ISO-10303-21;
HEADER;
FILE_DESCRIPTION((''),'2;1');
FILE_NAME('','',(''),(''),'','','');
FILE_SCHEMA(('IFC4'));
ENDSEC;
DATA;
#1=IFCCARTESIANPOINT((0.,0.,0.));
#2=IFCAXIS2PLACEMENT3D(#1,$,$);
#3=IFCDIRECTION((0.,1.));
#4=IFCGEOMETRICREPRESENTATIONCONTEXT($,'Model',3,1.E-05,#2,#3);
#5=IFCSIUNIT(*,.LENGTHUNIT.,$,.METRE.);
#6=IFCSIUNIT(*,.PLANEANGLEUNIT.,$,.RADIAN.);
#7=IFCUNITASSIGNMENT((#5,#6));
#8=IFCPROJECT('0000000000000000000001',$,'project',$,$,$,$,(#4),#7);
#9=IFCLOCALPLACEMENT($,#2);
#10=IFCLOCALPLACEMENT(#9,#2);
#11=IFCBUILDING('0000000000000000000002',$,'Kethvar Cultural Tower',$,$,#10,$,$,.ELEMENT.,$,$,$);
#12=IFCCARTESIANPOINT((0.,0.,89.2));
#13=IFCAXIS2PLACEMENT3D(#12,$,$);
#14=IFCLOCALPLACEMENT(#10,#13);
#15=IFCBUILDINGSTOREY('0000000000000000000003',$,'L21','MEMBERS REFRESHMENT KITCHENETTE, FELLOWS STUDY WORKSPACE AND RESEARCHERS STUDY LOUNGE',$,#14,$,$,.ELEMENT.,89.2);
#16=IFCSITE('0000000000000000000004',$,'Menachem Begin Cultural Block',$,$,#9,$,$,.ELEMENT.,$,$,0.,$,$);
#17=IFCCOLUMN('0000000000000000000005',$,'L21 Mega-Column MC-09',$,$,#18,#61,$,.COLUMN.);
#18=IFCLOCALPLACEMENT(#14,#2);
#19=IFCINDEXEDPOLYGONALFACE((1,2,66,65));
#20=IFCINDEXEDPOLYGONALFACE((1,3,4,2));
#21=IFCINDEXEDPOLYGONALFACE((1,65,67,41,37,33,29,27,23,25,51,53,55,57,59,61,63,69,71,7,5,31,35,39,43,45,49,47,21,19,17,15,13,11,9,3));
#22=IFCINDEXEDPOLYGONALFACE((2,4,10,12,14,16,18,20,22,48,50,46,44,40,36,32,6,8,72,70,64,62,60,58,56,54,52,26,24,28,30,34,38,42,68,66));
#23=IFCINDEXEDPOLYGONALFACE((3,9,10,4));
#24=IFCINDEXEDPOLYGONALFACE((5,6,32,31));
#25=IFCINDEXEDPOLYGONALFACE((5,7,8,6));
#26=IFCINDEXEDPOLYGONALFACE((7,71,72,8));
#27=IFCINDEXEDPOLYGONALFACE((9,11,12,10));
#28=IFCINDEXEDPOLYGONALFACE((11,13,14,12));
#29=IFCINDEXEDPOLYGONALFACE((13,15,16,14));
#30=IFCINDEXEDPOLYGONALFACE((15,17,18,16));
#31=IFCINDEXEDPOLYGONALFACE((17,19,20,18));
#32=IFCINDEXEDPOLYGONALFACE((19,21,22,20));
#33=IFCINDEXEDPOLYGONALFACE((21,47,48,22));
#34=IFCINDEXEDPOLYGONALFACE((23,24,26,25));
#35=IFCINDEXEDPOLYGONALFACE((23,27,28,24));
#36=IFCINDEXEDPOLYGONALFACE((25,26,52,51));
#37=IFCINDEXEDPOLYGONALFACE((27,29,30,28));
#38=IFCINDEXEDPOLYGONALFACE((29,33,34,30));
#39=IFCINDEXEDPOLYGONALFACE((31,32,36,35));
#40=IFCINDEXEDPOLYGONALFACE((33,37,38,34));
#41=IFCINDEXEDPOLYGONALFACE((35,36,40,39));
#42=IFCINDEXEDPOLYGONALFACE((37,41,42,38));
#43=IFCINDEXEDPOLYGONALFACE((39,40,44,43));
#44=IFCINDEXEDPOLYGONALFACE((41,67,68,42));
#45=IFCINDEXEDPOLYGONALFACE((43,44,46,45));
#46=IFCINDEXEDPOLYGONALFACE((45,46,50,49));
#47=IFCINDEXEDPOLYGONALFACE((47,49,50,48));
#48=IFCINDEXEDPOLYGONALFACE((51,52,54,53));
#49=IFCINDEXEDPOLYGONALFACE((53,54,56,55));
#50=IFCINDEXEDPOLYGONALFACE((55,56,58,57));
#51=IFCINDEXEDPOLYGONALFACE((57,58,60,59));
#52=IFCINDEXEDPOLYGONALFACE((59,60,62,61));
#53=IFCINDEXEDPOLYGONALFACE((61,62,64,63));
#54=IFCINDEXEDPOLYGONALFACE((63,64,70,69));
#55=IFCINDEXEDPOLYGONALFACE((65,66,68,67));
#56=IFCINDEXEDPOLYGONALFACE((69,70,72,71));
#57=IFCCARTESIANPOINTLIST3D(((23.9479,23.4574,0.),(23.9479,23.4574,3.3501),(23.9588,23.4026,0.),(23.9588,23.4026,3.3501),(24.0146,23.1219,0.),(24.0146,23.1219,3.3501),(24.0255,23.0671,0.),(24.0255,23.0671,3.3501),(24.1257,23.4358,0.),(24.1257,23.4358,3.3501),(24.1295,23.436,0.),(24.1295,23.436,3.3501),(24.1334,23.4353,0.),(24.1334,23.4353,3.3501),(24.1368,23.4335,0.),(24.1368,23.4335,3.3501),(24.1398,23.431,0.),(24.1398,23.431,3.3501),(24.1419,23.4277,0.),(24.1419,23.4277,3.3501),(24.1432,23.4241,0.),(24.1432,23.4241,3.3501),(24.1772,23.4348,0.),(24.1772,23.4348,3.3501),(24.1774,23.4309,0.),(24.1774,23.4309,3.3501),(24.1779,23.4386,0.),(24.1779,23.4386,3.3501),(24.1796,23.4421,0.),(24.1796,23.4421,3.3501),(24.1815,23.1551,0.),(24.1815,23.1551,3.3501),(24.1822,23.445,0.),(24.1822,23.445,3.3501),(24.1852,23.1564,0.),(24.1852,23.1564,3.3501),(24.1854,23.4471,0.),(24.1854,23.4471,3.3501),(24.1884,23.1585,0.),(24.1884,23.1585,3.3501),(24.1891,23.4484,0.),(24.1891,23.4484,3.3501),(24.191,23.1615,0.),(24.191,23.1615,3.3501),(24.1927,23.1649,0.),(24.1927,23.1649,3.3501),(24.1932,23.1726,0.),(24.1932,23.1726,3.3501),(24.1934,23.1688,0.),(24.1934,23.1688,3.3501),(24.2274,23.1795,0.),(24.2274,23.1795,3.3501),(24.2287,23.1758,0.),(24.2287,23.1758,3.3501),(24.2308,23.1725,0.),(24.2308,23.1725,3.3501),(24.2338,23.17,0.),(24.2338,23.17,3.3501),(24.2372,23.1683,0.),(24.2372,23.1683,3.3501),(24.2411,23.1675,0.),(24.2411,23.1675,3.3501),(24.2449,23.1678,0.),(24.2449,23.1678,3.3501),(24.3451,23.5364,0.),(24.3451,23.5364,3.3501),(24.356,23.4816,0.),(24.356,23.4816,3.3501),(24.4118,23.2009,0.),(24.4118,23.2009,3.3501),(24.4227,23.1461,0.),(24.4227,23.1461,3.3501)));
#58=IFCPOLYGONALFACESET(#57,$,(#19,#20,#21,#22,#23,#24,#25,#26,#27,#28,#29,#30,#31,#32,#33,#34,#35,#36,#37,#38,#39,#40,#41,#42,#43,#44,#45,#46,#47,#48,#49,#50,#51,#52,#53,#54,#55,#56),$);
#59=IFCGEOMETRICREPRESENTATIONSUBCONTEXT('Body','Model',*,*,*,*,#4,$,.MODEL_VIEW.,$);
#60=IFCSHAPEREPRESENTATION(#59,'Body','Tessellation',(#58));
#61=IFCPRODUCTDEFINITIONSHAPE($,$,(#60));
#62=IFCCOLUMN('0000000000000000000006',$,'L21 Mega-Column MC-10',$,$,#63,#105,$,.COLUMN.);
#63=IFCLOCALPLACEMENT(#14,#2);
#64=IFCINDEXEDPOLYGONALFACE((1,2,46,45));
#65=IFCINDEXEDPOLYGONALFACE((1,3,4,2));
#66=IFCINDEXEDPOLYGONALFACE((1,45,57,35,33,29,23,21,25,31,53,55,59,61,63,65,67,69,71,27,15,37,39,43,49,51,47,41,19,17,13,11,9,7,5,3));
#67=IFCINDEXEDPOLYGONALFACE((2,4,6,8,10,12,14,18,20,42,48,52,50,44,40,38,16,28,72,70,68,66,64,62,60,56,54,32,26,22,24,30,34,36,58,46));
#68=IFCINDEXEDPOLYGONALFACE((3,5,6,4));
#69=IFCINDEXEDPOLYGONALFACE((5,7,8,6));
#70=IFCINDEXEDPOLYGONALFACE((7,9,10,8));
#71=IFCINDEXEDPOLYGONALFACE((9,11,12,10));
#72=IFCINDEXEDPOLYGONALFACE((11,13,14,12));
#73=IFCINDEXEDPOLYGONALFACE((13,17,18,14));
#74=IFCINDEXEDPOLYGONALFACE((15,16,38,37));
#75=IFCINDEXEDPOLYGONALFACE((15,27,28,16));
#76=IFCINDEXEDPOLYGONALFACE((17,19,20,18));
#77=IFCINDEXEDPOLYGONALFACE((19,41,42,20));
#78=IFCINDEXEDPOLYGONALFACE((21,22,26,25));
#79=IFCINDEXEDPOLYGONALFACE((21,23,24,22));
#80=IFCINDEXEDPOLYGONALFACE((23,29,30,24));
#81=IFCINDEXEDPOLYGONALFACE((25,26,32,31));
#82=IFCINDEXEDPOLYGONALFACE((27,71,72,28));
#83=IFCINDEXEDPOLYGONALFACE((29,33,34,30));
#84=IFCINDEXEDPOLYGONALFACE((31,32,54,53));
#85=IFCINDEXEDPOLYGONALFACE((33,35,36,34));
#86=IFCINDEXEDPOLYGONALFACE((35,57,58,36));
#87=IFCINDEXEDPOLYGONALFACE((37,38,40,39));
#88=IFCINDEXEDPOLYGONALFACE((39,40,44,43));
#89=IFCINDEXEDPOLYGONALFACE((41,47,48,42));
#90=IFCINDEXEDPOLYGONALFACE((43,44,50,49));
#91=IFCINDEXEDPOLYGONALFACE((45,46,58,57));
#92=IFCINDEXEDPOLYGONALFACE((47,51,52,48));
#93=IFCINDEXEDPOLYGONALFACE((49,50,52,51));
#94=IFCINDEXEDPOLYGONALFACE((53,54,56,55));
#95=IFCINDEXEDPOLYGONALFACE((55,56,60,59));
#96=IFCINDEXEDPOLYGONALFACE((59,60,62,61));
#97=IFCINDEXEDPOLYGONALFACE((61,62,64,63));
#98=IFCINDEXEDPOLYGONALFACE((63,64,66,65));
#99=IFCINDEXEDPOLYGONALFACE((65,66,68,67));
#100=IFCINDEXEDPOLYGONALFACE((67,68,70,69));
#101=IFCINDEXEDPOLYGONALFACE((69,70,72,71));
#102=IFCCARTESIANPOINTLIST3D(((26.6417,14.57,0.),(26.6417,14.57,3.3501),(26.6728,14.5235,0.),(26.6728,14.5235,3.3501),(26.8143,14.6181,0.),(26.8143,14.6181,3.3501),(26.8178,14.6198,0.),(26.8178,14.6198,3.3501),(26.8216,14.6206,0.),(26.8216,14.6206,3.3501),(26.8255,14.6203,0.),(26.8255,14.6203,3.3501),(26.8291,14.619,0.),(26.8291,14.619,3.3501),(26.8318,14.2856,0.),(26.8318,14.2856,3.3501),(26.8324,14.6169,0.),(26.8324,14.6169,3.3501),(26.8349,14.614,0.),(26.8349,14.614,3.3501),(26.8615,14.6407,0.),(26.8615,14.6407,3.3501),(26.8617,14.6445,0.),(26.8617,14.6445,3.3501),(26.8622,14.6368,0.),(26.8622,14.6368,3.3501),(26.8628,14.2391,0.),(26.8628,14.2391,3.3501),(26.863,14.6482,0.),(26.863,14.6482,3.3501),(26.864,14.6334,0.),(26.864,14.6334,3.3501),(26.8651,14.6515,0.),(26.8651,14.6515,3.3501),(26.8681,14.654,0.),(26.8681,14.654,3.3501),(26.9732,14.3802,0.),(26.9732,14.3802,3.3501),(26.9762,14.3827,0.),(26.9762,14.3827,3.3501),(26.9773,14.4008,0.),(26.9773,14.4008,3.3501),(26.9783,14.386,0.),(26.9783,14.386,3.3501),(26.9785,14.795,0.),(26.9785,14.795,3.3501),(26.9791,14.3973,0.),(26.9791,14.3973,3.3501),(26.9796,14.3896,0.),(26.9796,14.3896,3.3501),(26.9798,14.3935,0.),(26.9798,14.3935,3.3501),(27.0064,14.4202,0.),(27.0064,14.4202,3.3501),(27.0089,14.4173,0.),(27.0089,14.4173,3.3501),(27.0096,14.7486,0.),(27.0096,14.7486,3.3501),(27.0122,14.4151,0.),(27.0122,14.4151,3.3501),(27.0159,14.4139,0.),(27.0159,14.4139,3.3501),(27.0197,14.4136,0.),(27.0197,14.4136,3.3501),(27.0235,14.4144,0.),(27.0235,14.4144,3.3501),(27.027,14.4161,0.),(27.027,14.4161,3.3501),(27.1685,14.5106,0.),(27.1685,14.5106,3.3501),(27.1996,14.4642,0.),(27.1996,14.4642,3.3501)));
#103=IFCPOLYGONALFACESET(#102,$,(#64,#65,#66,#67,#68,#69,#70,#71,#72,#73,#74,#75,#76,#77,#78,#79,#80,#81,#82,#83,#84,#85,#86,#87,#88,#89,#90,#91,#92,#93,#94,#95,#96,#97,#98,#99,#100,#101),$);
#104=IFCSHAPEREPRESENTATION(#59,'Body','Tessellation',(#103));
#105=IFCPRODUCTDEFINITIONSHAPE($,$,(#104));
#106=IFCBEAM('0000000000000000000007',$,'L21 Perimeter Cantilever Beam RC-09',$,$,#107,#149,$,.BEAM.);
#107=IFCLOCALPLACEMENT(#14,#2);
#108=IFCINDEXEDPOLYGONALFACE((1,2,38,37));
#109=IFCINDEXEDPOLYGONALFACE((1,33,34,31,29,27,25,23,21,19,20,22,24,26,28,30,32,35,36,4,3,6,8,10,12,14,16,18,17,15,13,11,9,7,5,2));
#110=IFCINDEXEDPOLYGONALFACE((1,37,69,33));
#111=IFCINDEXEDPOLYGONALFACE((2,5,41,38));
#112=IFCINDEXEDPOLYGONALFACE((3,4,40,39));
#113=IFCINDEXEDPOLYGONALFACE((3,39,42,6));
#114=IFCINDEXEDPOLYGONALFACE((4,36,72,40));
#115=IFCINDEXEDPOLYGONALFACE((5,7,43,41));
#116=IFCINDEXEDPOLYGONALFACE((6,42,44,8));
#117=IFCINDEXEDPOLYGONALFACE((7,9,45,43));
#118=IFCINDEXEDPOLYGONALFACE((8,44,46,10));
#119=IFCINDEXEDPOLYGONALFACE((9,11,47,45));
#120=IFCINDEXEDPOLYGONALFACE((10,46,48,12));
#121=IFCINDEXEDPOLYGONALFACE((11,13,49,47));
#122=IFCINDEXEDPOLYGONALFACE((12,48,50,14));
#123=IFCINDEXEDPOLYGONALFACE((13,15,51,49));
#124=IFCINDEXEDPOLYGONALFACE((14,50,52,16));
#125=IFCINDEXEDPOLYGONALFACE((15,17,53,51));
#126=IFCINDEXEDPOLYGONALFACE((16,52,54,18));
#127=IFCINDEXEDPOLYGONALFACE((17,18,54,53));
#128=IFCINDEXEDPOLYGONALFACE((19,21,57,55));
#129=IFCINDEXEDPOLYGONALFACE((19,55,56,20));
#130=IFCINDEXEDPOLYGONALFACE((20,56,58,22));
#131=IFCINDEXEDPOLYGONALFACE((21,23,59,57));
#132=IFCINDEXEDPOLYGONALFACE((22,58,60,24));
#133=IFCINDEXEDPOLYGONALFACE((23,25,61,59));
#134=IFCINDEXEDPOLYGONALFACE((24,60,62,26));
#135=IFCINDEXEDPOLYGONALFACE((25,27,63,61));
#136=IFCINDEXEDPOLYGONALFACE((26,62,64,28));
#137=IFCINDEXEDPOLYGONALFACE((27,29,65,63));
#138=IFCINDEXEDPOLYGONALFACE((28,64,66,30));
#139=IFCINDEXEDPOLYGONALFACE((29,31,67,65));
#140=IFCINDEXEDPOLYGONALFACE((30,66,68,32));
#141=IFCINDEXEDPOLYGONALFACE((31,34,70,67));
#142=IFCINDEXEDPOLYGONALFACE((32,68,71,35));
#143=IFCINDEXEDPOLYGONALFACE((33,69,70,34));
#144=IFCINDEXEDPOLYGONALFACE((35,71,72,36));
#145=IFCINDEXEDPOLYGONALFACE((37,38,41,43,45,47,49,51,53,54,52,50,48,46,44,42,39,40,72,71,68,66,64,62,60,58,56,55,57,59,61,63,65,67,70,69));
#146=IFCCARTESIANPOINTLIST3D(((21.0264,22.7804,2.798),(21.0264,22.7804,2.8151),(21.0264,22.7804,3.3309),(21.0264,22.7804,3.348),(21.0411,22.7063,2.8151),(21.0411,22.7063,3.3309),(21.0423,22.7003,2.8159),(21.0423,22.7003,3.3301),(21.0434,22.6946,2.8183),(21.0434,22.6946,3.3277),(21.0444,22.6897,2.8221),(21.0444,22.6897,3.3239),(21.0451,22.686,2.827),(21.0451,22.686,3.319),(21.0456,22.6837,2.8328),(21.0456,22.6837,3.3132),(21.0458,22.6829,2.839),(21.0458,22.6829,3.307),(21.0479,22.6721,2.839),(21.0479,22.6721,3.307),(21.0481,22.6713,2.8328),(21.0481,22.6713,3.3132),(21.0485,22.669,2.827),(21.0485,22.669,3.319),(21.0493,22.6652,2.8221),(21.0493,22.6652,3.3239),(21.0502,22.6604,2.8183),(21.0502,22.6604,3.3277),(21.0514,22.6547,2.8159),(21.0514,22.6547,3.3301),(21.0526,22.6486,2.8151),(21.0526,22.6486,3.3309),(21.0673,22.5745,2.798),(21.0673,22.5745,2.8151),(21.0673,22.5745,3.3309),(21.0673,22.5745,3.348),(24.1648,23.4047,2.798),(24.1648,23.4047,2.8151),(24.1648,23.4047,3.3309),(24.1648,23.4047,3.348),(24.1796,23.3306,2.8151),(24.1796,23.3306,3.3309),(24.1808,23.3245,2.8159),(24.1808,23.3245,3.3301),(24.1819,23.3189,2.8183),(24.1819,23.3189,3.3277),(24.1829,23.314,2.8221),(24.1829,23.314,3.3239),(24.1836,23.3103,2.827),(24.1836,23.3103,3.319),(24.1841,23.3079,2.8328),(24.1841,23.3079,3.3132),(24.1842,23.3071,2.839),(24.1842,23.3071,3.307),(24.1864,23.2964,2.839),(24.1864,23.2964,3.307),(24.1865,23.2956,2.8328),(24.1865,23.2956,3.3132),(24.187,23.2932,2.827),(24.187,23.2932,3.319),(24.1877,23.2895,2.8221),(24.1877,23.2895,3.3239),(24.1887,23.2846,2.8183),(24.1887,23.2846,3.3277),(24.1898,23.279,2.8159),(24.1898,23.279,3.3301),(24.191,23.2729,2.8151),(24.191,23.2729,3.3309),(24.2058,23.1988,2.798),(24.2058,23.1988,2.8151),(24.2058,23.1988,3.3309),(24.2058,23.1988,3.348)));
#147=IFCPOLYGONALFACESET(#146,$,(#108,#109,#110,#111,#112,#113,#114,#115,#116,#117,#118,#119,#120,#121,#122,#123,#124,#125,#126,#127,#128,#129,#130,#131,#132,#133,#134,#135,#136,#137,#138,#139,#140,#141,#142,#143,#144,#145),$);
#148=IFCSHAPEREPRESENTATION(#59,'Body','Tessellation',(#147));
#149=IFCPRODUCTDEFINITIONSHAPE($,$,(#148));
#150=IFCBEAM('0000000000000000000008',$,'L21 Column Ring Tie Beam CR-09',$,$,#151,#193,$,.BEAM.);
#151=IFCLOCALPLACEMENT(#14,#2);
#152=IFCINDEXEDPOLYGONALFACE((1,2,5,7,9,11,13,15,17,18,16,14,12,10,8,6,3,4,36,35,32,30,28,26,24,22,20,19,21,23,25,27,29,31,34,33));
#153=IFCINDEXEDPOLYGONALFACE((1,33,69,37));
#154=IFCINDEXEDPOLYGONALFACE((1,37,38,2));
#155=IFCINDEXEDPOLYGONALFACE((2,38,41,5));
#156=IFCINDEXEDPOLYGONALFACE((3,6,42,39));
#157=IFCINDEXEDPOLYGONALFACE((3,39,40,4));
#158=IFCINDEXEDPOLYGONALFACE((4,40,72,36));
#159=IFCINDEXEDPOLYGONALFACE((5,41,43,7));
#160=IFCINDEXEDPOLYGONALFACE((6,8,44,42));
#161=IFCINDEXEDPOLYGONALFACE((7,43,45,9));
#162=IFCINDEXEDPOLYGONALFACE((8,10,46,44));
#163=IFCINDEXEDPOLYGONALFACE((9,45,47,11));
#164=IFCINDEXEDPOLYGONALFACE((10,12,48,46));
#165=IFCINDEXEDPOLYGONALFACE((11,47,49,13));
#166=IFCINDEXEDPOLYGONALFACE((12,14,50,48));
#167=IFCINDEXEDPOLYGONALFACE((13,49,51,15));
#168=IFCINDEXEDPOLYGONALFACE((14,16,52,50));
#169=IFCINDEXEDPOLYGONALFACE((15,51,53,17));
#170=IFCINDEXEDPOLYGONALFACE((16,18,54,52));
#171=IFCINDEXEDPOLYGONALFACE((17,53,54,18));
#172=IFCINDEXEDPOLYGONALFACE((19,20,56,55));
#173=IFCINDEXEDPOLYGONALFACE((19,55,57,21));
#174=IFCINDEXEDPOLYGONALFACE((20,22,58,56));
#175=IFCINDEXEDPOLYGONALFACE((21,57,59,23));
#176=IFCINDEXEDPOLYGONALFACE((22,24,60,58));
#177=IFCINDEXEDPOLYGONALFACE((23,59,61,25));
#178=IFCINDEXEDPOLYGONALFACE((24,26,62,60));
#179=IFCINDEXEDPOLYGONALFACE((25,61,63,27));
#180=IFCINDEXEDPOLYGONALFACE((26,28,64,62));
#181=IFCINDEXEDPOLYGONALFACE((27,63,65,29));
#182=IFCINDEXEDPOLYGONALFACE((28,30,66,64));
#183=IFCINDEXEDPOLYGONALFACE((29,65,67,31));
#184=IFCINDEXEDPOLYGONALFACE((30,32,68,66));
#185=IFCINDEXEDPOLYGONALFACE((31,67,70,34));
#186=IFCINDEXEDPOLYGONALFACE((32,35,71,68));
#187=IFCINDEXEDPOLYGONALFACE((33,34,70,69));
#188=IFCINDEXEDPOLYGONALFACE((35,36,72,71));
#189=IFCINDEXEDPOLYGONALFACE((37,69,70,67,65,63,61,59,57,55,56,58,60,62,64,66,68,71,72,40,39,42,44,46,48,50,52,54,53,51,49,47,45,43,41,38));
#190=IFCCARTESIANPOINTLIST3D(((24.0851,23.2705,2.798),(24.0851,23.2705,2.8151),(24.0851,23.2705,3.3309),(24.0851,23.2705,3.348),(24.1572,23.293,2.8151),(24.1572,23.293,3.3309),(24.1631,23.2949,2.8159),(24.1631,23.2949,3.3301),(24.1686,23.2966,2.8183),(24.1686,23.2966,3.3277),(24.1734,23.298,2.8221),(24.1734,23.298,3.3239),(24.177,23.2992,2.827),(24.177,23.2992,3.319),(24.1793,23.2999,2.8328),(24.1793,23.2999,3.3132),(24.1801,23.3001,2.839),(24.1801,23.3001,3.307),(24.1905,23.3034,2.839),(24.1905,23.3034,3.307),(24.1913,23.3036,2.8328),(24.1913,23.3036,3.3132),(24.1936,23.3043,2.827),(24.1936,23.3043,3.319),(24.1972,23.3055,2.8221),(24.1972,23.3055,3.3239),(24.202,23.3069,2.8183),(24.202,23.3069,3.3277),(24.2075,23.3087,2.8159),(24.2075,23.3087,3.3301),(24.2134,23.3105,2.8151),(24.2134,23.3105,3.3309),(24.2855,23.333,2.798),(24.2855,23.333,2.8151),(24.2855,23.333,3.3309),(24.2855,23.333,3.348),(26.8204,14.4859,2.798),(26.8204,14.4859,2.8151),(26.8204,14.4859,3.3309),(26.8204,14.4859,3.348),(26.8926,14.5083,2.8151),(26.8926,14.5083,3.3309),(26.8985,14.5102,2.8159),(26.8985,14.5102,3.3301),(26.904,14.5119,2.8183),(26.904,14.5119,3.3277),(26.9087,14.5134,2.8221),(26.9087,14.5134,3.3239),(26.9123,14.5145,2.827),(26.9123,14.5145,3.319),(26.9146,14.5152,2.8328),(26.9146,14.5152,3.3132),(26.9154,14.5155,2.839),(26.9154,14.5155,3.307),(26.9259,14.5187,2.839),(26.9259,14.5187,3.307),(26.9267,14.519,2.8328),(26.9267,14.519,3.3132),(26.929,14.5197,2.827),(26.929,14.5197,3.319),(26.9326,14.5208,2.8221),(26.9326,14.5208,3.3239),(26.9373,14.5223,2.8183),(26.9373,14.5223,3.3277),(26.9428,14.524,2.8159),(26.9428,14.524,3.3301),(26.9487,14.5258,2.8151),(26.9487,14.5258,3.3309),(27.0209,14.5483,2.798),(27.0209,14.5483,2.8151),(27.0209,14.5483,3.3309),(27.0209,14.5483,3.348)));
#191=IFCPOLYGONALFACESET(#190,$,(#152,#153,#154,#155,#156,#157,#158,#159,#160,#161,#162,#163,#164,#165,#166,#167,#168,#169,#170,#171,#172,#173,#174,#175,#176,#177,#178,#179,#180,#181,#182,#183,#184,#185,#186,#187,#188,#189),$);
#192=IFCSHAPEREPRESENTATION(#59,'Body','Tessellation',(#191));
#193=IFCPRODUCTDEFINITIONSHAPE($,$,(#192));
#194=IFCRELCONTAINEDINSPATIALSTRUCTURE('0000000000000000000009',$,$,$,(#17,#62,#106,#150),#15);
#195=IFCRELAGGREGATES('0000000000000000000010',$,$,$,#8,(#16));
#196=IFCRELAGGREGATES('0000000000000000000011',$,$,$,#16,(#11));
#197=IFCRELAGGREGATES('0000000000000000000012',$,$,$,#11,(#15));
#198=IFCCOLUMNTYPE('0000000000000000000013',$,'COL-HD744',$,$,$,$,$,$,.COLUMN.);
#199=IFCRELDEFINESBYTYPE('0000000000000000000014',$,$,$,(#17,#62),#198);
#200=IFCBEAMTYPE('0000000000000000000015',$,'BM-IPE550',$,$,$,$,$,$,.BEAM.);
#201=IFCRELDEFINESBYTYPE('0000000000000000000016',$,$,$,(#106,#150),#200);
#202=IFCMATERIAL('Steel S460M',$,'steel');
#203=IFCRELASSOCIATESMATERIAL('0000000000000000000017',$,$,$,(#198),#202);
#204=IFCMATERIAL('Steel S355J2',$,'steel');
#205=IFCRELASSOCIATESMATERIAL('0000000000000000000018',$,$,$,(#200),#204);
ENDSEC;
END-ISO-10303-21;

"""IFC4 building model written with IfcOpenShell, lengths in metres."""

from ifc_helpers import new_model, si_unit, direction, frame, origin, origin_2d, place, context, subcontext, project, spatial, i_section, extrude, source, transform, mapped, material, material_profile, profile_set, type_object, element, save


model = new_model("IFC4")

# Units and contexts
model_context = context("Model", 3, precision=1e-05, world=origin(), true_north=direction((0.0, 1.0)))
body_context = subcontext(model_context, "Body", "Model", "MODEL_VIEW")
ifc_project = project(units=[si_unit("LENGTHUNIT", "METRE"), si_unit("PLANEANGLEUNIT", "RADIAN")], contexts=[model_context])

# Site, building, storey
site_placement = place(None, origin())
site = spatial("IfcSite", under=ifc_project, at=site_placement, Name="Menachem Begin Cultural Block", CompositionType="ELEMENT", RefElevation=0.0)
building_placement = place(site_placement, origin())
building = spatial("IfcBuilding", under=site, at=building_placement, Name="Kethvar Cultural Tower", CompositionType="ELEMENT")
storey_placement = place(building_placement, frame((0.0, 0.0, 89.2)))
storey = spatial("IfcBuildingStorey", under=building, at=storey_placement, Name="L21", Description="MEMBERS REFRESHMENT KITCHENETTE, FELLOWS STUDY WORKSPACE AND RESEARCHERS STUDY LOUNGE", CompositionType="ELEMENT", Elevation=89.2)

# Columns
ifc_material_1 = material(Name="Steel S460M", Category="steel")
ifc_material_profile_1 = material_profile(ifc_material_1, i_section(OverallWidth=0.405, OverallDepth=0.3979, WebThickness=0.0349, FlangeThickness=0.0559, FilletRadius=0.0149, at=origin_2d()), Name="Steel S460M — HD400x744")
ifc_profile_set_1 = profile_set([ifc_material_profile_1], Name="Steel S460M — HD400x744")
column_type = type_object("IfcColumnType", Name="COL-HD744", PredefinedType="COLUMN", material=ifc_profile_set_1)
shared_shape_1 = source(origin(), body_context, "Body", "SweptSolid", [
    extrude(i_section(OverallWidth=0.405, OverallDepth=0.3979, WebThickness=0.0349, FlangeThickness=0.0559, FilletRadius=0.0149, at=origin_2d()), origin(), (0.0, 0.0, 1.0), 3.3501),
])
for number, where, z_axis, x_axis, name in (
    (1, (24.1853, 23.3018, 0.0), (0.0, 0.0, 1.0), (-0.980785, -0.19509, 0.0), "L21 Mega-Column MC-09"),
    (2, (26.9207, 14.5171, 0.0), (0.0, 0.0, 1.0), (-0.83147, -0.55557, 0.0), "L21 Mega-Column MC-10"),
):
    element("IfcColumn", number, at=place(storey_placement, frame(where, z_axis=z_axis, x_axis=x_axis)), inside=storey, type_object=column_type, Name=name, PredefinedType="COLUMN", context=body_context, shape_type="MappedRepresentation", body=[
        mapped(shared_shape_1, transform((0.0, 0.0, 0.0), scale=1.0)),
    ])

# Beams
ifc_material_2 = material(Name="Steel S355J2", Category="steel")
ifc_material_profile_2 = material_profile(ifc_material_2, i_section(OverallWidth=0.21, OverallDepth=0.55, WebThickness=0.011, FlangeThickness=0.0171, FilletRadius=0.0239, at=origin_2d()), Name="Steel S355J2 — IPE550")
ifc_profile_set_2 = profile_set([ifc_material_profile_2], Name="Steel S355J2 — IPE550")
beam_type_1 = type_object("IfcBeamType", Name="BM-IPE550", PredefinedType="BEAM", material=ifc_profile_set_2)
shared_shape_2 = source(origin(), body_context, "Body", "SweptSolid", [
    extrude(i_section(OverallWidth=0.21, OverallDepth=0.55, WebThickness=0.011, FlangeThickness=0.0171, FilletRadius=0.0239, at=origin_2d()), origin(), (0.0, 0.0, 1.0), 3.2),
])
beam_1_placement = place(storey_placement, frame((24.1853, 23.3018, 3.073), z_axis=(-0.980786, -0.195089, 0.0), x_axis=(0.195089, -0.980786, 0.0)))
element("IfcBeam", 3, at=beam_1_placement, inside=storey, type_object=beam_type_1, Name="L21 Perimeter Cantilever Beam RC-09", PredefinedType="BEAM", context=body_context, shape_type="MappedRepresentation", body=[
    mapped(shared_shape_2, transform((0.0, 0.0, 0.0), scale=1.0)),
])
shared_shape_3 = source(origin(), body_context, "Body", "SweptSolid", [
    extrude(i_section(OverallWidth=0.21, OverallDepth=0.55, WebThickness=0.011, FlangeThickness=0.0171, FilletRadius=0.0239, at=origin_2d()), origin(), (0.0, 0.0, 1.0), 9.2007),
])
beam_2_placement = place(storey_placement, frame((24.1853, 23.3018, 3.073), z_axis=(0.297299, -0.954784, 0.0), x_axis=(0.954784, 0.297299, 0.0)))
element("IfcBeam", 4, at=beam_2_placement, inside=storey, type_object=beam_type_1, Name="L21 Column Ring Tie Beam CR-09", PredefinedType="BEAM", context=body_context, shape_type="MappedRepresentation", body=[
    mapped(shared_shape_3, transform((0.0, 0.0, 0.0), scale=1.0)),
])

save(model, "model.ifc")
